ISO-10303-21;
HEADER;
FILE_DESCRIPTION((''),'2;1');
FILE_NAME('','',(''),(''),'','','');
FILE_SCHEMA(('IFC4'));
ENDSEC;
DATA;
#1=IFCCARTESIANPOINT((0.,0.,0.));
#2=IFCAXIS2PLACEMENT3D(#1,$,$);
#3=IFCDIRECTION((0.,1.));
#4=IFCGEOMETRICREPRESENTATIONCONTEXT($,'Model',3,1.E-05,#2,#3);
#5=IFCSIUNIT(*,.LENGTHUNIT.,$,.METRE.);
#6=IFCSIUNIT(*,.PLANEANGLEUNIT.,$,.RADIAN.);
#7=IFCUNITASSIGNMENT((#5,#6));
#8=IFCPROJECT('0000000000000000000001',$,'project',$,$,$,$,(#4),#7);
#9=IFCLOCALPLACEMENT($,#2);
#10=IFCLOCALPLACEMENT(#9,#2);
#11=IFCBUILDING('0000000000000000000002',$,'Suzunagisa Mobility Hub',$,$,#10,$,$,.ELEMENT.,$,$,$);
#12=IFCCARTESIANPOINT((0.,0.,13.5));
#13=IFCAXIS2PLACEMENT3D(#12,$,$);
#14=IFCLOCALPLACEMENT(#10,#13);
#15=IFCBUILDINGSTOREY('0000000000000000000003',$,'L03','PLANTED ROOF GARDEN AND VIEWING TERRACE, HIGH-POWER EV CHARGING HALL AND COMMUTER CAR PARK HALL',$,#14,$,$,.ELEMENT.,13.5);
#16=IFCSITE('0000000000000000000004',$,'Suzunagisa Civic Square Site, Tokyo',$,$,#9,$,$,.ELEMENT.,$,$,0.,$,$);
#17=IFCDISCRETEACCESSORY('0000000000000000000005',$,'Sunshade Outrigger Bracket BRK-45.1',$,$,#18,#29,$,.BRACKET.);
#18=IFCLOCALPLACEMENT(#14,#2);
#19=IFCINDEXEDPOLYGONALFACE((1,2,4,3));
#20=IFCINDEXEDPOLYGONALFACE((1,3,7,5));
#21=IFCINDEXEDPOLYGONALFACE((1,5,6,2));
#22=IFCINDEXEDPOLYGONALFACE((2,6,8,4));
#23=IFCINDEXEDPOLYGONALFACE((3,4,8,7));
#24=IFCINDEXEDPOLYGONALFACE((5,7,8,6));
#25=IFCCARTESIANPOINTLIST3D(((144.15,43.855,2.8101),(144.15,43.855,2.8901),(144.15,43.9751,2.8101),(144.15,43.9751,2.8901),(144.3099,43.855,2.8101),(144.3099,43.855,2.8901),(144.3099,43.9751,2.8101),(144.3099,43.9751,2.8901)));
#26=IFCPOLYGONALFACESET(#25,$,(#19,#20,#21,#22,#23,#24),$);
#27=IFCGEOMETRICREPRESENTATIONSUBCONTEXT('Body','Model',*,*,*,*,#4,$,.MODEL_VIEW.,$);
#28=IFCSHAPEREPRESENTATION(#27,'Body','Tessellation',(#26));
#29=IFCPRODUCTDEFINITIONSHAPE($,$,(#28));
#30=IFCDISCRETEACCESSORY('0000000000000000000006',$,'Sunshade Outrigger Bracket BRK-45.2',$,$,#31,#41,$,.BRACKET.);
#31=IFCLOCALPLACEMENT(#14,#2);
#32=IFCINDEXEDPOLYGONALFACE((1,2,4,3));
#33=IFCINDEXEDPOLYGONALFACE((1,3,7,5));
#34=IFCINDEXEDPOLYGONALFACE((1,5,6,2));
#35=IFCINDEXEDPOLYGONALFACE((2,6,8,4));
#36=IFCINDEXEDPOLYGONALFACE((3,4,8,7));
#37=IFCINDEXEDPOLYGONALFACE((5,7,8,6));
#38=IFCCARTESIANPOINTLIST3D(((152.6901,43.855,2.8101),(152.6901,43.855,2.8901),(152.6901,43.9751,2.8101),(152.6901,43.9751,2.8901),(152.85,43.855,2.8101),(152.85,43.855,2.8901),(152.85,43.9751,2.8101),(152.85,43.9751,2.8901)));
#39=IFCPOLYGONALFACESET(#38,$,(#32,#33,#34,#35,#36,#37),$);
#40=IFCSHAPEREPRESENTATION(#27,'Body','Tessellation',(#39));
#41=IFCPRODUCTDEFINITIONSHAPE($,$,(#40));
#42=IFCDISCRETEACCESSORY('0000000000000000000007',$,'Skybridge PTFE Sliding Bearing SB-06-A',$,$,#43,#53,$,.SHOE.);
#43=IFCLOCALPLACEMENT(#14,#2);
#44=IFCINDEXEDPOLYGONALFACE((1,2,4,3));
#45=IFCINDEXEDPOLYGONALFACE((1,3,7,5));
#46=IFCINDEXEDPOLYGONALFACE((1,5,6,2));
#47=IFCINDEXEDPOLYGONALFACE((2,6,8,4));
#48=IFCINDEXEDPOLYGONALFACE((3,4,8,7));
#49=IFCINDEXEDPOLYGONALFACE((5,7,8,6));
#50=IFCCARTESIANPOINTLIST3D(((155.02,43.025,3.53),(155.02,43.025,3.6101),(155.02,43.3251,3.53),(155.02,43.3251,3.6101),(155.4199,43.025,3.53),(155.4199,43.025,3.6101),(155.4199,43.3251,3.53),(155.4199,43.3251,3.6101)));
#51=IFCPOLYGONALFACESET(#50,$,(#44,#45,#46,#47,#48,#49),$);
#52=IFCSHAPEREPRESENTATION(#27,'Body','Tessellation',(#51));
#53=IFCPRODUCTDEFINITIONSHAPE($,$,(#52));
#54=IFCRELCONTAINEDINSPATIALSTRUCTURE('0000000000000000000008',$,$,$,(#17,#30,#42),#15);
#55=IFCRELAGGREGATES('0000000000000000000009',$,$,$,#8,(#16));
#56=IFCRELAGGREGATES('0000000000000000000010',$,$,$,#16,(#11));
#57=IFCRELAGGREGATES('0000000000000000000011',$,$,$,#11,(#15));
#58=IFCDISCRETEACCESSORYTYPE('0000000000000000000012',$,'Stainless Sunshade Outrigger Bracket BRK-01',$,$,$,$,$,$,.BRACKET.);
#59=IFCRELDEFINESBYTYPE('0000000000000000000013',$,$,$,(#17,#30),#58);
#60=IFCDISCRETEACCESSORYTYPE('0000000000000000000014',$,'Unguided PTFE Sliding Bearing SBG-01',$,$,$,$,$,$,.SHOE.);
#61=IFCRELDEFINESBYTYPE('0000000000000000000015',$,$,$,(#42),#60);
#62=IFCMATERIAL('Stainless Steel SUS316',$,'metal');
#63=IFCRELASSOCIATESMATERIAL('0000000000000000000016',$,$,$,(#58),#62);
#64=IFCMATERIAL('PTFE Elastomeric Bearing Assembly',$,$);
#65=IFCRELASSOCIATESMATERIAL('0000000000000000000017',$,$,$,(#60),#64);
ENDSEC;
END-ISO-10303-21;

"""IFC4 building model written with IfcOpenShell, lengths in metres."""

from ifc_helpers import new_model, si_unit, direction, frame, origin, origin_2d, place, context, subcontext, project, spatial, rectangle, extrude, material, type_object, element, save


model = new_model("IFC4")

# Units and contexts
model_context = context("Model", 3, precision=1e-05, world=origin(), true_north=direction((0.0, 1.0)))
body_context = subcontext(model_context, "Body", "Model", "MODEL_VIEW")
ifc_project = project(units=[si_unit("LENGTHUNIT", "METRE"), si_unit("PLANEANGLEUNIT", "RADIAN")], contexts=[model_context])

# Site, building, storey
site_placement = place(None, origin())
site = spatial("IfcSite", under=ifc_project, at=site_placement, Name="Suzunagisa Civic Square Site, Tokyo", CompositionType="ELEMENT", RefElevation=0.0)
building_placement = place(site_placement, origin())
building = spatial("IfcBuilding", under=site, at=building_placement, Name="Suzunagisa Mobility Hub", CompositionType="ELEMENT")
storey_placement = place(building_placement, frame((0.0, 0.0, 13.5)))
storey = spatial("IfcBuildingStorey", under=building, at=storey_placement, Name="L03", Description="PLANTED ROOF GARDEN AND VIEWING TERRACE, HIGH-POWER EV CHARGING HALL AND COMMUTER CAR PARK HALL", CompositionType="ELEMENT", Elevation=13.5)

# Discrete accessories
ifc_material_1 = material(Name="Stainless Steel SUS316", Category="metal")
discrete_accessory_type_1 = type_object("IfcDiscreteAccessoryType", Name="Stainless Sunshade Outrigger Bracket BRK-01", PredefinedType="BRACKET", material=ifc_material_1)
for number, where, z_axis, x_axis, name in (
    (1, (144.23, 43.915, 2.8101), (0.0, 0.0, 1.0), (1.0, 0.0, 0.0), "Sunshade Outrigger Bracket BRK-45.1"),
    (2, (152.77, 43.915, 2.8101), (0.0, 0.0, 1.0), (1.0, 0.0, 0.0), "Sunshade Outrigger Bracket BRK-45.2"),
):
    element("IfcDiscreteAccessory", number, at=place(storey_placement, frame(where, z_axis=z_axis, x_axis=x_axis)), inside=storey, type_object=discrete_accessory_type_1, Name=name, PredefinedType="BRACKET", context=body_context, shape_type="SweptSolid", body=[
        extrude(rectangle(XDim=0.1599, YDim=0.1201, at=origin_2d()), origin(), (0.0, 0.0, 1.0), 0.0801),
    ])
ifc_material_2 = material(Name="PTFE Elastomeric Bearing Assembly")
discrete_accessory_type_2 = type_object("IfcDiscreteAccessoryType", Name="Unguided PTFE Sliding Bearing SBG-01", PredefinedType="SHOE", material=ifc_material_2)
discrete_accessory_placement = place(storey_placement, frame((155.22, 43.175, 3.53), z_axis=(0.0, 0.0, 1.0), x_axis=(1.0, 0.0, 0.0)))
element("IfcDiscreteAccessory", 3, at=discrete_accessory_placement, inside=storey, type_object=discrete_accessory_type_2, Name="Skybridge PTFE Sliding Bearing SB-06-A", PredefinedType="SHOE", context=body_context, shape_type="SweptSolid", body=[
    extrude(rectangle(XDim=0.3999, YDim=0.3, at=origin_2d()), origin(), (0.0, 0.0, 1.0), 0.0801),
])

save(model, "model.ifc")
